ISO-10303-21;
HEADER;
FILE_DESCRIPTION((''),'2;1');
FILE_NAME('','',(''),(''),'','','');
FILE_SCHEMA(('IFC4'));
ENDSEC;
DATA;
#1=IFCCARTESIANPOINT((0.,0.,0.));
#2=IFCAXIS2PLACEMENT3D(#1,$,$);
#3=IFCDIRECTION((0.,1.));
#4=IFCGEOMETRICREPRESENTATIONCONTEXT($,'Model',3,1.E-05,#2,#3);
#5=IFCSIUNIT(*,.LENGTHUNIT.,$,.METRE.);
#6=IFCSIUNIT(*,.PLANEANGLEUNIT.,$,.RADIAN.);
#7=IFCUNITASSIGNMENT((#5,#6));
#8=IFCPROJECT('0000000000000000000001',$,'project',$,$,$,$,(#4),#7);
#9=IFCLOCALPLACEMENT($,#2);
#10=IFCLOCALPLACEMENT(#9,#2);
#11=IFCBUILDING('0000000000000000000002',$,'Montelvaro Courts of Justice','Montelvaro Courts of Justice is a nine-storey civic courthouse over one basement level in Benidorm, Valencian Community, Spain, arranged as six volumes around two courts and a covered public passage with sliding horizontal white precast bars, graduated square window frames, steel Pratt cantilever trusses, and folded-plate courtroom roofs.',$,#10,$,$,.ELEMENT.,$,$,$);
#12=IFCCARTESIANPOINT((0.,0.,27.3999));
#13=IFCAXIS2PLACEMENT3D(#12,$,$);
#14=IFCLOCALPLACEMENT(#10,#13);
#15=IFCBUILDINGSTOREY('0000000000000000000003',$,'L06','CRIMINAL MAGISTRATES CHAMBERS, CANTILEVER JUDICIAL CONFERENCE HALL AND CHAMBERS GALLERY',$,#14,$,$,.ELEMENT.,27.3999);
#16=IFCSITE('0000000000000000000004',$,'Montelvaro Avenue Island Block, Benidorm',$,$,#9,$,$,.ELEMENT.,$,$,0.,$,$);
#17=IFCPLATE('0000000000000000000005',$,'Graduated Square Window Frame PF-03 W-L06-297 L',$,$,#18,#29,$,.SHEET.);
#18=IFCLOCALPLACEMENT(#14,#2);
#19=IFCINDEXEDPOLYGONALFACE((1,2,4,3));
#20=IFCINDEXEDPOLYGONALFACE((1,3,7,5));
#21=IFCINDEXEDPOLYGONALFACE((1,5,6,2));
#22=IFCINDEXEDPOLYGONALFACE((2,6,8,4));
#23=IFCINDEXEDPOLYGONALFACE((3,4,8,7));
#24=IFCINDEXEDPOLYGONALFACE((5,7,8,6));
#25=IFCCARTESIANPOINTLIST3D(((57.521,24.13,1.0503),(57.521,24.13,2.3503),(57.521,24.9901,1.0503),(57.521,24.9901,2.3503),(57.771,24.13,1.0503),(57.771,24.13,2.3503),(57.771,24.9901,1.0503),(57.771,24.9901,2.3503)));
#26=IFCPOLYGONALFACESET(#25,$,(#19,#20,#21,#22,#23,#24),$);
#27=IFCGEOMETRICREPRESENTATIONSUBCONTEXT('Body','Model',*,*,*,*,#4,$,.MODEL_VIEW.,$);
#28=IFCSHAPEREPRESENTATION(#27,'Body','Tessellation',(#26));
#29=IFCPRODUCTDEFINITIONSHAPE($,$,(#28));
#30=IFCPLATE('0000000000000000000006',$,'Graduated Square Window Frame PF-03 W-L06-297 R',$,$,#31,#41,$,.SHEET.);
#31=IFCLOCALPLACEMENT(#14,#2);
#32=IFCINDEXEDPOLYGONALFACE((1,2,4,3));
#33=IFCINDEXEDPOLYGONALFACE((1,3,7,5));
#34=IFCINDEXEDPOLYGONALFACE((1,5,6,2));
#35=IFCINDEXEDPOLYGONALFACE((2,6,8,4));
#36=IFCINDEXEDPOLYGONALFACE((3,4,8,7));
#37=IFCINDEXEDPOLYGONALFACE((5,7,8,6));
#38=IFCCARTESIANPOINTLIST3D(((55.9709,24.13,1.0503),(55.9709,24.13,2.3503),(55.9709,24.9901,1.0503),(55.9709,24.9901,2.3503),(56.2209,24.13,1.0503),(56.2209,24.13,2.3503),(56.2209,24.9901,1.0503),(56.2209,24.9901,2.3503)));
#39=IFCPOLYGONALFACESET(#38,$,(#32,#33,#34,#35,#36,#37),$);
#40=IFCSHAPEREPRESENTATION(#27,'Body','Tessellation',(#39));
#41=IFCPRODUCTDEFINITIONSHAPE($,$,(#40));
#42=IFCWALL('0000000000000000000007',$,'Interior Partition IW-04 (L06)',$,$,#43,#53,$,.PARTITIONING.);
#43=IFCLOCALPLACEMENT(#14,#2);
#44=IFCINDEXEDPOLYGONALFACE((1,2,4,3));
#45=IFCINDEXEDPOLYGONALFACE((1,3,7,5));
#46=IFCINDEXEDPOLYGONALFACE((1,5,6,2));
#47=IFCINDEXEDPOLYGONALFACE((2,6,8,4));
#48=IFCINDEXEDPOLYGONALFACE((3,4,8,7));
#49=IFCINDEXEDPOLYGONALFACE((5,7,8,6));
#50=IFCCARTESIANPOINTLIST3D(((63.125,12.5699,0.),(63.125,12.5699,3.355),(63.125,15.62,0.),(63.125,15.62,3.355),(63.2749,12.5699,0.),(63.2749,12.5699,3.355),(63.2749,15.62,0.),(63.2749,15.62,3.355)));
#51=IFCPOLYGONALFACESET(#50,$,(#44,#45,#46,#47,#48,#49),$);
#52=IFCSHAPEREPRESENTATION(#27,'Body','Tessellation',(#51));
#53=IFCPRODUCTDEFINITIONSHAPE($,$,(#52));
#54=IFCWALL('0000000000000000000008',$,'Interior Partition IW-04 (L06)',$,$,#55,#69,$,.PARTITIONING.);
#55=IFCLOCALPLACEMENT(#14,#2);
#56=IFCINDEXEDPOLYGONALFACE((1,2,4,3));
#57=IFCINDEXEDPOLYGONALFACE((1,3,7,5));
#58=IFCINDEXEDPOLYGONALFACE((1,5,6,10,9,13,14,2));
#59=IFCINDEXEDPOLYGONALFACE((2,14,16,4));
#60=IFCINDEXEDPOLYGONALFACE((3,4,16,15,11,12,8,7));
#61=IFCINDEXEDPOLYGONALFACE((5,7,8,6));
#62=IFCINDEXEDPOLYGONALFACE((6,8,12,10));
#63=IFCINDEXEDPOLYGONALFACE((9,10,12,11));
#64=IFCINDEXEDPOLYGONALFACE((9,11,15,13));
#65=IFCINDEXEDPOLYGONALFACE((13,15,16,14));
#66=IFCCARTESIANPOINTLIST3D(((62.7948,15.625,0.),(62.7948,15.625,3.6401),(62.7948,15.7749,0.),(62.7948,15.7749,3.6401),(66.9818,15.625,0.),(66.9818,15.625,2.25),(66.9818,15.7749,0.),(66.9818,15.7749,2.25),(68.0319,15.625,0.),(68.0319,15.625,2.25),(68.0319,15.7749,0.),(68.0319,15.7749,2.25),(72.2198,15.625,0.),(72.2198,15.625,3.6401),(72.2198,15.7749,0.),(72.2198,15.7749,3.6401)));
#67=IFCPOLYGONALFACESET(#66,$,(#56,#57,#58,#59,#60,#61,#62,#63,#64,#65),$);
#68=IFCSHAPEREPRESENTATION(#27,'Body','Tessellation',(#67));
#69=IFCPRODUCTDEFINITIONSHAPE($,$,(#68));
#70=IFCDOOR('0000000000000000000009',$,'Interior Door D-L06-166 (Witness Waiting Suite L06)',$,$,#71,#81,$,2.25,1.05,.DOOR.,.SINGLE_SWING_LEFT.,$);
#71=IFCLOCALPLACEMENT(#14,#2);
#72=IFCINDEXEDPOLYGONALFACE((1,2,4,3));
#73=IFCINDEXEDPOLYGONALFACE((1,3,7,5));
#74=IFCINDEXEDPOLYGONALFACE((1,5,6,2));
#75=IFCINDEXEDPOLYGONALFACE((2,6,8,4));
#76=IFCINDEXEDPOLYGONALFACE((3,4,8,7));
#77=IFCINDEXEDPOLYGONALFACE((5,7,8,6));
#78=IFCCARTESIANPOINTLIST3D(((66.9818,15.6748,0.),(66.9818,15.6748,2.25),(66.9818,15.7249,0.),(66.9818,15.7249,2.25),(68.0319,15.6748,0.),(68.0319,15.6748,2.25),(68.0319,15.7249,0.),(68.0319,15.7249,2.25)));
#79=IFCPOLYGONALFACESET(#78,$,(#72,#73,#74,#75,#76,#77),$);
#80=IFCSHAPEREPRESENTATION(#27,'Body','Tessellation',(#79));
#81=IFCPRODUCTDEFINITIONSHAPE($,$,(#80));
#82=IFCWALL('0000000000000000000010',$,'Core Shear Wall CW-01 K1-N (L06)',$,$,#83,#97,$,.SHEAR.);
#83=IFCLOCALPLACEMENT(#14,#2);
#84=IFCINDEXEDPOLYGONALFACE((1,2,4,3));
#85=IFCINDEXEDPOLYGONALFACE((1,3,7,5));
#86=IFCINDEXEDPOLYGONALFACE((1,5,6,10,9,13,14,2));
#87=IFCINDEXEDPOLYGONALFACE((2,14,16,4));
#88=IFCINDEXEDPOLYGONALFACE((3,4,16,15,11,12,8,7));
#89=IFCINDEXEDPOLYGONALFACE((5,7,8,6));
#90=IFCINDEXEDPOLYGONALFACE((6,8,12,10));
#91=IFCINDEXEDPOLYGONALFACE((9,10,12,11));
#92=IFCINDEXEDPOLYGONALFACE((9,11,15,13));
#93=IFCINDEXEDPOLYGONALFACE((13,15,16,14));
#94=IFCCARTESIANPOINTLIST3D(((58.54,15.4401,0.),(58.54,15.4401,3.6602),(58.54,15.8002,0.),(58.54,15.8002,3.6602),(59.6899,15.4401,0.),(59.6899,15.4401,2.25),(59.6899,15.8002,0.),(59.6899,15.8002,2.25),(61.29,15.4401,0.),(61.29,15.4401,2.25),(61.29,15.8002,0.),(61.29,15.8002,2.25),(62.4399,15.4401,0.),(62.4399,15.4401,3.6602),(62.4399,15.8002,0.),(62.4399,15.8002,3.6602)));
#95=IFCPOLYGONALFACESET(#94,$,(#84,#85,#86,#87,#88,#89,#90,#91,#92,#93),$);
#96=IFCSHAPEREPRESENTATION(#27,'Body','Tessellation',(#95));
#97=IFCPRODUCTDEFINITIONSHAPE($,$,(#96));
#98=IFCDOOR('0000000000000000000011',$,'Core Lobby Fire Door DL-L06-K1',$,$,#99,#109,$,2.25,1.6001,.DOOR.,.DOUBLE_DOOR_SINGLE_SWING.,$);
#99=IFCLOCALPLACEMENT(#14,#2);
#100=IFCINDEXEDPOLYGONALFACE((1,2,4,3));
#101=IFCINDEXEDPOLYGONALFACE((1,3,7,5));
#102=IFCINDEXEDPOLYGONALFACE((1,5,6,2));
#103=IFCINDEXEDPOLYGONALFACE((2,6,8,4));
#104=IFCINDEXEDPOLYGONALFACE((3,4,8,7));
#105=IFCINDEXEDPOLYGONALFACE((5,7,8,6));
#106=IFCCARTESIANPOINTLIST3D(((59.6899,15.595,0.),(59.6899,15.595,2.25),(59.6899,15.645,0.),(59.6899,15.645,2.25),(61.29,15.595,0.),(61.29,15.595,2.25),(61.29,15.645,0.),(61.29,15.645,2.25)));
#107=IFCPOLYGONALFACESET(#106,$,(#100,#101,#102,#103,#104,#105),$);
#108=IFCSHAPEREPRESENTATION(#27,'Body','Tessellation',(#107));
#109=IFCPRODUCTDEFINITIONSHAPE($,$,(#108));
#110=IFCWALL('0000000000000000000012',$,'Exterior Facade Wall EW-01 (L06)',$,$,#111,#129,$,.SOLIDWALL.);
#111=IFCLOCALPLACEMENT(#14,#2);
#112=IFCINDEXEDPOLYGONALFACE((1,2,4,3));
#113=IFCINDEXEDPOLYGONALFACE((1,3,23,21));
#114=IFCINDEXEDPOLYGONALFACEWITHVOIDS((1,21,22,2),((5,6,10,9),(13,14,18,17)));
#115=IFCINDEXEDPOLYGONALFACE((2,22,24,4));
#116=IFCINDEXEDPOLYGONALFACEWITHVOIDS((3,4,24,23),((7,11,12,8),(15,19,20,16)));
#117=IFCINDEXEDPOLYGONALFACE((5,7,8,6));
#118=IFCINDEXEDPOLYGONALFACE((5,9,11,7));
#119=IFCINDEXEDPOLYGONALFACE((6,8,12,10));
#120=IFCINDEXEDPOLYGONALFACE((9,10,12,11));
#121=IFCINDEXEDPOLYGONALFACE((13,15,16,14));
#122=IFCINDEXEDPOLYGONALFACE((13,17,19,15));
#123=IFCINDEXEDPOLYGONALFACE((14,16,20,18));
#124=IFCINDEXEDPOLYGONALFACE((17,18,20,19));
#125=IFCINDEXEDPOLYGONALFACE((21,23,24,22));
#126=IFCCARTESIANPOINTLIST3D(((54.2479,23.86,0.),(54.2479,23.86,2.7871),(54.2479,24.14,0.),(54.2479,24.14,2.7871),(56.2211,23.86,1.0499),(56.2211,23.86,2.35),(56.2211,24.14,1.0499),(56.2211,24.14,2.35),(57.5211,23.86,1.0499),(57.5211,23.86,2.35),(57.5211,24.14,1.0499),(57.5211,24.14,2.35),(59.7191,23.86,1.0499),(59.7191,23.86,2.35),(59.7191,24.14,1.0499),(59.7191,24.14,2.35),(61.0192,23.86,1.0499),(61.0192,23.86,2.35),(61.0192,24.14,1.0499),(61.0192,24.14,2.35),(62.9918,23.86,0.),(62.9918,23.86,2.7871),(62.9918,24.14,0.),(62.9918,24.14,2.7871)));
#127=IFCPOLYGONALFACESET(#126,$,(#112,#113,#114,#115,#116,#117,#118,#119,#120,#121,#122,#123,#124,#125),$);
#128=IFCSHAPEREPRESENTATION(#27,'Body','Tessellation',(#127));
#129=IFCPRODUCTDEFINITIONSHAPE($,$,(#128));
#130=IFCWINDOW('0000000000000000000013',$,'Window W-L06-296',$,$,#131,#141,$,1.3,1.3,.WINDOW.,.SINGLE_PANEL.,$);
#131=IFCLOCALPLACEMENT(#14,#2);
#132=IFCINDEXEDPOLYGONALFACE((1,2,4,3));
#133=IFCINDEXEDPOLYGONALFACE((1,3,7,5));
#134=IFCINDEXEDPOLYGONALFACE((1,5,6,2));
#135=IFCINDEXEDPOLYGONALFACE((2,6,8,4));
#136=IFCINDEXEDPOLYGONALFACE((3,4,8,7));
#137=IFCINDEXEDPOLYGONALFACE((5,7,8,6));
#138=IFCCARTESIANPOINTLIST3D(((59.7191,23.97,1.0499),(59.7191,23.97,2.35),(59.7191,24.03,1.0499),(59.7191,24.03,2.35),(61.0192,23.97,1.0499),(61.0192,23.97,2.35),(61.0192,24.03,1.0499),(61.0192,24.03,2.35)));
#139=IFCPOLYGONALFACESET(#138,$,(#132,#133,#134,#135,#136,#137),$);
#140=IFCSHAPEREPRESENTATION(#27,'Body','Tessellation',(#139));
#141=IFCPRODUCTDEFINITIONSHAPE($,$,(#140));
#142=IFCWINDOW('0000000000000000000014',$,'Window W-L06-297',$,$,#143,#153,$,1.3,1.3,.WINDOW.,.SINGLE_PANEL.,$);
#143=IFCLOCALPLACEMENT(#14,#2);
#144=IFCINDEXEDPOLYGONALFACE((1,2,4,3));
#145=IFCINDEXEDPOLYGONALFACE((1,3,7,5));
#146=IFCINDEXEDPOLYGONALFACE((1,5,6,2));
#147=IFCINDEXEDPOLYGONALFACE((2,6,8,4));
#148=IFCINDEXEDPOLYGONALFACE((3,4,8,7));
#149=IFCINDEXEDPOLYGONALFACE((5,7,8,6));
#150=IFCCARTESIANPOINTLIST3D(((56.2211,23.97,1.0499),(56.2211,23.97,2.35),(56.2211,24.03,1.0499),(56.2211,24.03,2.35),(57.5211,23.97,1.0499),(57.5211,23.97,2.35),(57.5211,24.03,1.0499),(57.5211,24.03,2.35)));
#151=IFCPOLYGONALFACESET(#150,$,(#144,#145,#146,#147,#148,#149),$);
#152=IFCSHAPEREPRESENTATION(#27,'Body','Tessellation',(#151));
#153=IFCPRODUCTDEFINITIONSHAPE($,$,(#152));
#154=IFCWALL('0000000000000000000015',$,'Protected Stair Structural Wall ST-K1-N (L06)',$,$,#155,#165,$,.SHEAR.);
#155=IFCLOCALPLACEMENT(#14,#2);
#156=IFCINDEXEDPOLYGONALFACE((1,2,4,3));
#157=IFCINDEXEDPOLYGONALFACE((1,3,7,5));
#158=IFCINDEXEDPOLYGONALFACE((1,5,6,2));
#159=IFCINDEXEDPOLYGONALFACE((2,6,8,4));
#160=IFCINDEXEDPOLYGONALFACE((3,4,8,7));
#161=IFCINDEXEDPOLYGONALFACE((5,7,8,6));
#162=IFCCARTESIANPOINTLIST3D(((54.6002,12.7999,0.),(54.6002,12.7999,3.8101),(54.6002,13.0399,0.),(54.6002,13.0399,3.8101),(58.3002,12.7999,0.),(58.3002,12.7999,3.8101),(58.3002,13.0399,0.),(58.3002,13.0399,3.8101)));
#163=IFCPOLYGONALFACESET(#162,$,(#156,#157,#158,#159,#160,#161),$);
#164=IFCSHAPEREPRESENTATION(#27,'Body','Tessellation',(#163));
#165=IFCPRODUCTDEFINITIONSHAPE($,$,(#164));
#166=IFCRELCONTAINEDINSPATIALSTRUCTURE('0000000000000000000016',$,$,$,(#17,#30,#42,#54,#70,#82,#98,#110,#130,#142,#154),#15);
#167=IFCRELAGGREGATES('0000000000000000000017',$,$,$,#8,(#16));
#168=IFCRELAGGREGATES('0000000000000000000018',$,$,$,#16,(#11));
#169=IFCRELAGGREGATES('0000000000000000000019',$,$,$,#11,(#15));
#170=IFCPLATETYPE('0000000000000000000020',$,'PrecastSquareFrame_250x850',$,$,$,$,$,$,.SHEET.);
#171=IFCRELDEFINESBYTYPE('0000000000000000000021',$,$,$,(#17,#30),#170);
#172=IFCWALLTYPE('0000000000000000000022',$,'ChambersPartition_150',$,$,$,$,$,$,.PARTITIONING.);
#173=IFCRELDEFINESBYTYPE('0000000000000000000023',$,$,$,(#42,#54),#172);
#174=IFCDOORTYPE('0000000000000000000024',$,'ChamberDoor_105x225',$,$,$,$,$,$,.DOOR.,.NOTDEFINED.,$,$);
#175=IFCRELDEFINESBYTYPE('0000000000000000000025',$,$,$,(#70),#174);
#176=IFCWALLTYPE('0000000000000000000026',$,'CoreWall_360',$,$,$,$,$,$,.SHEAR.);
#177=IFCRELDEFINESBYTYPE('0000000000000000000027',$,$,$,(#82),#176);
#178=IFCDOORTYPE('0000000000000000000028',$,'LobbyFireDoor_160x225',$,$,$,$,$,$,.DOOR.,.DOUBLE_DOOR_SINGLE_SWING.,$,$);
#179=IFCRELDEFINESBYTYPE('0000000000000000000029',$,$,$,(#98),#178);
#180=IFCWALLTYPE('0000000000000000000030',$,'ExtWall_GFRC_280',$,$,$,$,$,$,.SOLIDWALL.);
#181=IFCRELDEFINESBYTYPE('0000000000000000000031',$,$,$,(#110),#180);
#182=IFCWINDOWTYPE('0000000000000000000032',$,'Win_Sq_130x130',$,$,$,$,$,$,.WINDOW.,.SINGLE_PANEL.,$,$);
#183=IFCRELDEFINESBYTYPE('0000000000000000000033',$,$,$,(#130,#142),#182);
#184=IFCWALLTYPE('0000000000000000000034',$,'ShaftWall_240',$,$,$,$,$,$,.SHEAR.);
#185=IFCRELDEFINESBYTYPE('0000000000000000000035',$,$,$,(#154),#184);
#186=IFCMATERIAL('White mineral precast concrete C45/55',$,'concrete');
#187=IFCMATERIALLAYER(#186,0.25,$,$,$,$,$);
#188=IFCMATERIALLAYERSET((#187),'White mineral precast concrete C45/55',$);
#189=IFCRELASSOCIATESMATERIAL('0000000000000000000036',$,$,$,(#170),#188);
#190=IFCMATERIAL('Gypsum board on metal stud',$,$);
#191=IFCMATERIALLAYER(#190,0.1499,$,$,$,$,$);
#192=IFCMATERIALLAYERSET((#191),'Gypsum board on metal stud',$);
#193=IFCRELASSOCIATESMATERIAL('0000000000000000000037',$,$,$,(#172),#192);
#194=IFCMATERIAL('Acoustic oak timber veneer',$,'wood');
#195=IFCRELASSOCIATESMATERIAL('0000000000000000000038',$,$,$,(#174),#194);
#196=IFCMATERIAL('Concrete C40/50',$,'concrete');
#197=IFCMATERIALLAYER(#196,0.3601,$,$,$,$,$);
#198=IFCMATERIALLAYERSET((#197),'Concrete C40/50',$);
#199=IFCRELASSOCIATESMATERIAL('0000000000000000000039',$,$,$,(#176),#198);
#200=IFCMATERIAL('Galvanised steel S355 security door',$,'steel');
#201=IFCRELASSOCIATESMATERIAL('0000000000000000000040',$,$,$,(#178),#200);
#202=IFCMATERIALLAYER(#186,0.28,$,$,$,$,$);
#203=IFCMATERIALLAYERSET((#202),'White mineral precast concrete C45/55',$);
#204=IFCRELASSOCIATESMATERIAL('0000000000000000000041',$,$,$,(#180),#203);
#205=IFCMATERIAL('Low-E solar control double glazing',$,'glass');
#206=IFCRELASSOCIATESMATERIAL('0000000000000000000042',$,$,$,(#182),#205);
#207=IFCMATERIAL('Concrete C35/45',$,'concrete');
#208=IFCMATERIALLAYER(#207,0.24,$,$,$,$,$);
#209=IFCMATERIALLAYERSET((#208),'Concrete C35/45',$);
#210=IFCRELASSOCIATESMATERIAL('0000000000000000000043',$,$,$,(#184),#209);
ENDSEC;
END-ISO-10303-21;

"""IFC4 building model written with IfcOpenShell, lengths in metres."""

from ifc_helpers import new_model, si_unit, direction, frame, frame_2d, origin, origin_2d, place, context, subcontext, project, spatial, rectangle, extrude, material, layer, layer_set, type_object, element, fill, save


model = new_model("IFC4")

# Units and contexts
model_context = context("Model", 3, precision=1e-05, world=origin(), true_north=direction((0.0, 1.0)))
body_context = subcontext(model_context, "Body", "Model", "MODEL_VIEW")
ifc_project = project(units=[si_unit("LENGTHUNIT", "METRE"), si_unit("PLANEANGLEUNIT", "RADIAN")], contexts=[model_context])

# Site, building, storey
site_placement = place(None, origin())
site = spatial("IfcSite", under=ifc_project, at=site_placement, Name="Montelvaro Avenue Island Block, Benidorm", CompositionType="ELEMENT", RefElevation=0.0)
building_placement = place(site_placement, origin())
building = spatial("IfcBuilding", under=site, at=building_placement, Name="Montelvaro Courts of Justice", Description="Montelvaro Courts of Justice is a nine-storey civic courthouse over one basement level in Benidorm, Valencian Community, Spain, arranged as six volumes around two courts and a covered public passage with sliding horizontal white precast bars, graduated square window frames, steel Pratt cantilever trusses, and folded-plate courtroom roofs.", CompositionType="ELEMENT")
storey_placement = place(building_placement, frame((0.0, 0.0, 27.3999)))
storey = spatial("IfcBuildingStorey", under=building, at=storey_placement, Name="L06", Description="CRIMINAL MAGISTRATES CHAMBERS, CANTILEVER JUDICIAL CONFERENCE HALL AND CHAMBERS GALLERY", CompositionType="ELEMENT", Elevation=27.3999)

# Plates
ifc_material_1 = material(Name="White mineral precast concrete C45/55", Category="concrete")
ifc_layer_1 = layer(ifc_material_1, 0.25)
ifc_layer_set_1 = layer_set([ifc_layer_1], Name="White mineral precast concrete C45/55")
plate_type_1 = type_object("IfcPlateType", Name="PrecastSquareFrame_250x850", PredefinedType="SHEET", material=ifc_layer_set_1)
for number, where, z_axis, x_axis, name in (
    (1, (57.646, 24.5601, 1.0503), (0.0, 0.0, 1.0), (-1.0, 0.0, 0.0), "Graduated Square Window Frame PF-03 W-L06-297 L"),
    (2, (56.0959, 24.5601, 1.0503), (0.0, 0.0, 1.0), (-1.0, 0.0, 0.0), "Graduated Square Window Frame PF-03 W-L06-297 R"),
):
    element("IfcPlate", number, at=place(storey_placement, frame(where, z_axis=z_axis, x_axis=x_axis)), inside=storey, type_object=plate_type_1, Name=name, PredefinedType="SHEET", context=body_context, shape_type="SweptSolid", body=[
        extrude(rectangle(XDim=0.25, YDim=0.8601, at=origin_2d()), origin(), (0.0, 0.0, 1.0), 1.3),
    ])

# Wall
ifc_material_2 = material(Name="Gypsum board on metal stud")
ifc_layer_2 = layer(ifc_material_2, 0.1499)
ifc_layer_set_2 = layer_set([ifc_layer_2], Name="Gypsum board on metal stud")
wall_type_1 = type_object("IfcWallType", Name="ChambersPartition_150", PredefinedType="PARTITIONING", material=ifc_layer_set_2)
wall_1_placement = place(storey_placement, frame((63.2, 12.5701, 0.0), z_axis=(0.0, 0.0, 1.0), x_axis=(0.0, 1.0, 0.0)))
element("IfcWall", 3, at=wall_1_placement, inside=storey, type_object=wall_type_1, Name="Interior Partition IW-04 (L06)", PredefinedType="PARTITIONING", context=body_context, shape_type="SweptSolid", body=[
    extrude(rectangle(XDim=3.05, YDim=0.1499, at=frame_2d((1.5249, 0.0))), origin(), (0.0, 0.0, 1.0), 3.355),
])

# Walls, openings, doors
wall_2_placement = place(storey_placement, frame((62.7949, 15.7, 0.0), z_axis=(0.0, 0.0, 1.0), x_axis=(1.0, 0.0, 0.0)))
wall_2 = element("IfcWall", 4, at=wall_2_placement, inside=storey, type_object=wall_type_1, Name="Interior Partition IW-04 (L06)", PredefinedType="PARTITIONING", context=body_context, shape_type="SweptSolid", body=[
    extrude(rectangle(XDim=9.425, YDim=0.1499, at=frame_2d((4.7124, 0.0))), origin(), (0.0, 0.0, 1.0), 3.6401),
])
opening_1_placement = place(wall_2_placement, frame((4.187, 0.0, 0.0)))
opening_1 = element("IfcOpeningElement", 5, at=opening_1_placement, cuts=wall_2, PredefinedType="OPENING", context=body_context, shape_type="SweptSolid", body=[
    extrude(rectangle(XDim=1.05, YDim=2.25, at=frame_2d((0.5249, 1.125))), frame((0.0, 0.0898, 0.0), z_axis=(0.0, -1.0, 0.0), x_axis=(1.0, 0.0, 0.0)), (0.0, 0.0, 1.0), 0.1797),
])
ifc_material_3 = material(Name="Acoustic oak timber veneer", Category="wood")
door_type_1 = type_object("IfcDoorType", Name="ChamberDoor_105x225", OperationType="NOTDEFINED", PredefinedType="DOOR", material=ifc_material_3)
door_1_placement = place(opening_1_placement, origin())
door_1 = element("IfcDoor", 6, at=door_1_placement, inside=storey, type_object=door_type_1, Name="Interior Door D-L06-166 (Witness Waiting Suite L06)", OperationType="SINGLE_SWING_LEFT", OverallHeight=2.25, OverallWidth=1.05, PredefinedType="DOOR", context=body_context, shape_type="SweptSolid", body=[
    extrude(rectangle(XDim=1.05, YDim=2.25, at=frame_2d((0.5249, 1.125))), frame((0.0, 0.0249, 0.0), z_axis=(0.0, -1.0, 0.0), x_axis=(1.0, 0.0, 0.0)), (0.0, 0.0, 1.0), 0.05),
])
fill(opening_1, door_1)
ifc_material_4 = material(Name="Concrete C40/50", Category="concrete")
ifc_layer_3 = layer(ifc_material_4, 0.3601)
ifc_layer_set_3 = layer_set([ifc_layer_3], Name="Concrete C40/50")
wall_type_2 = type_object("IfcWallType", Name="CoreWall_360", PredefinedType="SHEAR", material=ifc_layer_set_3)
wall_3_placement = place(storey_placement, frame((58.54, 15.6201, 0.0), z_axis=(0.0, 0.0, 1.0), x_axis=(1.0, 0.0, 0.0)))
wall_3 = element("IfcWall", 7, at=wall_3_placement, inside=storey, type_object=wall_type_2, Name="Core Shear Wall CW-01 K1-N (L06)", PredefinedType="SHEAR", context=body_context, shape_type="SweptSolid", body=[
    extrude(rectangle(XDim=3.8999, YDim=0.3601, at=frame_2d((1.95, 0.0))), origin(), (0.0, 0.0, 1.0), 3.6602),
])
opening_2_placement = place(wall_3_placement, frame((1.1499, 0.0, 0.0)))
opening_2 = element("IfcOpeningElement", 8, at=opening_2_placement, cuts=wall_3, PredefinedType="OPENING", context=body_context, shape_type="SweptSolid", body=[
    extrude(rectangle(XDim=1.6001, YDim=2.25, at=frame_2d((0.8, 1.125))), frame((0.0, 0.1948, 0.0), z_axis=(0.0, -1.0, 0.0), x_axis=(1.0, 0.0, 0.0)), (0.0, 0.0, 1.0), 0.3899),
])
ifc_material_5 = material(Name="Galvanised steel S355 security door", Category="steel")
door_type_2 = type_object("IfcDoorType", Name="LobbyFireDoor_160x225", OperationType="DOUBLE_DOOR_SINGLE_SWING", PredefinedType="DOOR", material=ifc_material_5)
door_2_placement = place(opening_2_placement, origin())
door_2 = element("IfcDoor", 9, at=door_2_placement, inside=storey, type_object=door_type_2, Name="Core Lobby Fire Door DL-L06-K1", OperationType="DOUBLE_DOOR_SINGLE_SWING", OverallHeight=2.25, OverallWidth=1.6001, PredefinedType="DOOR", context=body_context, shape_type="SweptSolid", body=[
    extrude(rectangle(XDim=1.6001, YDim=2.25, at=frame_2d((0.8, 1.125))), frame((0.0, 0.0249, 0.0), z_axis=(0.0, -1.0, 0.0), x_axis=(1.0, 0.0, 0.0)), (0.0, 0.0, 1.0), 0.05),
])
fill(opening_2, door_2)

# Wall, openings, windows
ifc_layer_4 = layer(ifc_material_1, 0.28)
ifc_layer_set_4 = layer_set([ifc_layer_4], Name="White mineral precast concrete C45/55")
wall_type_3 = type_object("IfcWallType", Name="ExtWall_GFRC_280", PredefinedType="SOLIDWALL", material=ifc_layer_set_4)
wall_4_placement = place(storey_placement, frame((62.9919, 24.0, 0.0), z_axis=(0.0, 0.0, 1.0), x_axis=(-1.0, 0.0, 0.0)))
wall_4 = element("IfcWall", 10, at=wall_4_placement, inside=storey, type_object=wall_type_3, Name="Exterior Facade Wall EW-01 (L06)", PredefinedType="SOLIDWALL", context=body_context, shape_type="SweptSolid", body=[
    extrude(rectangle(XDim=8.7439, YDim=0.28, at=frame_2d((4.3721, 0.0))), origin(), (0.0, 0.0, 1.0), 2.7871),
])
opening_3_placement = place(wall_4_placement, frame((1.9729, 0.0, 1.05)))
opening_3 = element("IfcOpeningElement", 11, at=opening_3_placement, cuts=wall_4, PredefinedType="OPENING", context=body_context, shape_type="SweptSolid", body=[
    extrude(rectangle(XDim=1.3, YDim=1.3, at=frame_2d((0.6499, 0.6499))), frame((0.0, 0.1548, 0.0), z_axis=(0.0, -1.0, 0.0), x_axis=(1.0, 0.0, 0.0)), (0.0, 0.0, 1.0), 0.3098),
])
opening_4_placement = place(wall_4_placement, frame((5.4709, 0.0, 1.05)))
opening_4 = element("IfcOpeningElement", 12, at=opening_4_placement, cuts=wall_4, PredefinedType="OPENING", context=body_context, shape_type="SweptSolid", body=[
    extrude(rectangle(XDim=1.3, YDim=1.3, at=frame_2d((0.6499, 0.6499))), frame((0.0, 0.1548, 0.0), z_axis=(0.0, -1.0, 0.0), x_axis=(1.0, 0.0, 0.0)), (0.0, 0.0, 1.0), 0.3098),
])
ifc_material_6 = material(Name="Low-E solar control double glazing", Category="glass")
window_type = type_object("IfcWindowType", Name="Win_Sq_130x130", PartitioningType="SINGLE_PANEL", PredefinedType="WINDOW", material=ifc_material_6)
window_1_placement = place(opening_3_placement, origin())
window_1 = element("IfcWindow", 13, at=window_1_placement, inside=storey, type_object=window_type, Name="Window W-L06-296", OverallHeight=1.3, OverallWidth=1.3, PartitioningType="SINGLE_PANEL", PredefinedType="WINDOW", context=body_context, shape_type="SweptSolid", body=[
    extrude(rectangle(XDim=1.3, YDim=1.3, at=frame_2d((0.6499, 0.6499))), frame((0.0, 0.03, 0.0), z_axis=(0.0, -1.0, 0.0), x_axis=(1.0, 0.0, 0.0)), (0.0, 0.0, 1.0), 0.0601),
])
fill(opening_3, window_1)
window_2_placement = place(opening_4_placement, origin())
window_2 = element("IfcWindow", 14, at=window_2_placement, inside=storey, type_object=window_type, Name="Window W-L06-297", OverallHeight=1.3, OverallWidth=1.3, PartitioningType="SINGLE_PANEL", PredefinedType="WINDOW", context=body_context, shape_type="SweptSolid", body=[
    extrude(rectangle(XDim=1.3, YDim=1.3, at=frame_2d((0.6499, 0.6499))), frame((0.0, 0.03, 0.0), z_axis=(0.0, -1.0, 0.0), x_axis=(1.0, 0.0, 0.0)), (0.0, 0.0, 1.0), 0.0601),
])
fill(opening_4, window_2)

# Wall
ifc_material_7 = material(Name="Concrete C35/45", Category="concrete")
ifc_layer_5 = layer(ifc_material_7, 0.24)
ifc_layer_set_5 = layer_set([ifc_layer_5], Name="Concrete C35/45")
wall_type_4 = type_object("IfcWallType", Name="ShaftWall_240", PredefinedType="SHEAR", material=ifc_layer_set_5)
wall_5_placement = place(storey_placement, frame((54.6001, 12.9199, 0.0), z_axis=(0.0, 0.0, 1.0), x_axis=(1.0, 0.0, 0.0)))
element("IfcWall", 15, at=wall_5_placement, inside=storey, type_object=wall_type_4, Name="Protected Stair Structural Wall ST-K1-N (L06)", PredefinedType="SHEAR", context=body_context, shape_type="SweptSolid", body=[
    extrude(rectangle(XDim=3.7, YDim=0.24, at=frame_2d((1.8501, 0.0))), origin(), (0.0, 0.0, 1.0), 3.8101),
])

save(model, "model.ifc")
